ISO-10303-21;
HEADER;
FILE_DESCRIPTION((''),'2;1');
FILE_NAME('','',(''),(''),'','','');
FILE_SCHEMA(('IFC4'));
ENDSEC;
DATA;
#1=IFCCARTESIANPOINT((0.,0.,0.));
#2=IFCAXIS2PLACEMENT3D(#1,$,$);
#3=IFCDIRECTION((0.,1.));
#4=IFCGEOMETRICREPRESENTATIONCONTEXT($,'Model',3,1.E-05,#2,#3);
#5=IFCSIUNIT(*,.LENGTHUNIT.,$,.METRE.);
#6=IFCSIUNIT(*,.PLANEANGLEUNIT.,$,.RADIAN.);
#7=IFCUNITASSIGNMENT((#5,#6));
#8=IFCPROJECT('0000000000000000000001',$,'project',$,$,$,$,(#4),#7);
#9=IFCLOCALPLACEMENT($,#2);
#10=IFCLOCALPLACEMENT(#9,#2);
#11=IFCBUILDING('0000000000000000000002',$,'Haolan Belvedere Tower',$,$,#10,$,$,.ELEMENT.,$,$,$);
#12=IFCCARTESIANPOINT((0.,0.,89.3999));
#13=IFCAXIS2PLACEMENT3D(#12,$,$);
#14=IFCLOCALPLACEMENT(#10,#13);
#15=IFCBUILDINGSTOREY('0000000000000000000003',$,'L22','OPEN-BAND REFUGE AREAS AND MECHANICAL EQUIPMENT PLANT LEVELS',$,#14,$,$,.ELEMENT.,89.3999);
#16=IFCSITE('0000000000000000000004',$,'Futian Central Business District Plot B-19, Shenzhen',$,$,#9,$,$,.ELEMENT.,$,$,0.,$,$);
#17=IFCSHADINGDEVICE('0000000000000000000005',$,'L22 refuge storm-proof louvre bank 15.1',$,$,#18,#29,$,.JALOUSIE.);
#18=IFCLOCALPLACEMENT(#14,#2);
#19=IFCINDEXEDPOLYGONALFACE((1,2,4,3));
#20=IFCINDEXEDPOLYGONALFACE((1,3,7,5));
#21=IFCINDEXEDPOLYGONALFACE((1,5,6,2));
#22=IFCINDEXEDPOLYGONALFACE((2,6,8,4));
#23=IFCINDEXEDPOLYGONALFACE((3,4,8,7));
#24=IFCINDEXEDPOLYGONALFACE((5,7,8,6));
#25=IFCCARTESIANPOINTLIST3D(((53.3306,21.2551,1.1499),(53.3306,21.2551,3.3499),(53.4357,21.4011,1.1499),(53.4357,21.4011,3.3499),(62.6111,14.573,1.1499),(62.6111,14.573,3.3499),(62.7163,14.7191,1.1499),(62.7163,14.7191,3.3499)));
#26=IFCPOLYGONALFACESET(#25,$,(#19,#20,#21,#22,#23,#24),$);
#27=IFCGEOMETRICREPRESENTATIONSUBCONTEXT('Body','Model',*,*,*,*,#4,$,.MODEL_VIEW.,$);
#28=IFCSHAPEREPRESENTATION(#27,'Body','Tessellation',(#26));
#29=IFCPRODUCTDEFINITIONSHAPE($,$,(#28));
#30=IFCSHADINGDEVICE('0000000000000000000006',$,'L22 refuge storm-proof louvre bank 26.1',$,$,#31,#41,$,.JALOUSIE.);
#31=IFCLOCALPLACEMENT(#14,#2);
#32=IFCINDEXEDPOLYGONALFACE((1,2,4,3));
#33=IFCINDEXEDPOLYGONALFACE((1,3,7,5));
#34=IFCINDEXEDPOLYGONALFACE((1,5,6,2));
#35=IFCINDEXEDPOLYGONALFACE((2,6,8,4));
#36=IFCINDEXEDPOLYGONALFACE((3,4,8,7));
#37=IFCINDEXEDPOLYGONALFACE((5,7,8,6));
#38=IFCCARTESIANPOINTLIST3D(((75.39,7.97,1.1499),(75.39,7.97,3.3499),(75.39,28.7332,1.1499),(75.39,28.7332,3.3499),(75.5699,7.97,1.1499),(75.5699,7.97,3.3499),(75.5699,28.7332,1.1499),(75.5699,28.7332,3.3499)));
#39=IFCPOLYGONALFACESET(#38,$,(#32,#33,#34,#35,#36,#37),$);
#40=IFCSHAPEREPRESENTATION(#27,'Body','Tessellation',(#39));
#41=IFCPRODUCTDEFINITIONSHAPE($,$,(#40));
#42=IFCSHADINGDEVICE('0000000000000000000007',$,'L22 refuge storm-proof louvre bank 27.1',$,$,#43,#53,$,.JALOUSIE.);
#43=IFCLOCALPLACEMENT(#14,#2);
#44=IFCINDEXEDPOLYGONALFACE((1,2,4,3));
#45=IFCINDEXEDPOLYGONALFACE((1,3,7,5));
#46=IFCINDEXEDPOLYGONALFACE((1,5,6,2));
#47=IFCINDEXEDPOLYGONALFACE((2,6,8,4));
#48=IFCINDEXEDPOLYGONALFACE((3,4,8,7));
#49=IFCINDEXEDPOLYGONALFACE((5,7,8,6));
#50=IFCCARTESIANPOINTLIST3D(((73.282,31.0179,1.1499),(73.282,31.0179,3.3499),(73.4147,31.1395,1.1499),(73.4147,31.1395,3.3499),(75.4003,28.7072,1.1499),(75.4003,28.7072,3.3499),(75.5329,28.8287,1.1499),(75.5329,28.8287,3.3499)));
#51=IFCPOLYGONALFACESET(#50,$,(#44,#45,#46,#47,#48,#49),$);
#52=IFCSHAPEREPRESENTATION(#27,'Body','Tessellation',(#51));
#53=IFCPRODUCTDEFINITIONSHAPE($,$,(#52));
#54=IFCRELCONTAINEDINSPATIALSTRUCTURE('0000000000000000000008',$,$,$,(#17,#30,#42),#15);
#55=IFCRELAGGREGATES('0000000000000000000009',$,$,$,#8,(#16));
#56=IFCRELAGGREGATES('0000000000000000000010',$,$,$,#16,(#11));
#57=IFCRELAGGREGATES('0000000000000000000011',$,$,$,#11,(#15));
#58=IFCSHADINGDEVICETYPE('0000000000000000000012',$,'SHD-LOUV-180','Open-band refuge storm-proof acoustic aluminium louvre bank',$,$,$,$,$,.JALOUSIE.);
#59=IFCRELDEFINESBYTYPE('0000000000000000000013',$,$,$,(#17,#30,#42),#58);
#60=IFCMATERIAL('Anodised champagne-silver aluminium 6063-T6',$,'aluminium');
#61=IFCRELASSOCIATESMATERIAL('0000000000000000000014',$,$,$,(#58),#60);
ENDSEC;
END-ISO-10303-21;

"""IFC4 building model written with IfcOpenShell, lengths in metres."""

from ifc_helpers import new_model, si_unit, direction, frame, origin, origin_2d, place, context, subcontext, project, spatial, rectangle, extrude, material, type_object, element, save


model = new_model("IFC4")

# Units and contexts
model_context = context("Model", 3, precision=1e-05, world=origin(), true_north=direction((0.0, 1.0)))
body_context = subcontext(model_context, "Body", "Model", "MODEL_VIEW")
ifc_project = project(units=[si_unit("LENGTHUNIT", "METRE"), si_unit("PLANEANGLEUNIT", "RADIAN")], contexts=[model_context])

# Site, building, storey
site_placement = place(None, origin())
site = spatial("IfcSite", under=ifc_project, at=site_placement, Name="Futian Central Business District Plot B-19, Shenzhen", CompositionType="ELEMENT", RefElevation=0.0)
building_placement = place(site_placement, origin())
building = spatial("IfcBuilding", under=site, at=building_placement, Name="Haolan Belvedere Tower", CompositionType="ELEMENT")
storey_placement = place(building_placement, frame((0.0, 0.0, 89.3999)))
storey = spatial("IfcBuildingStorey", under=building, at=storey_placement, Name="L22", Description="OPEN-BAND REFUGE AREAS AND MECHANICAL EQUIPMENT PLANT LEVELS", CompositionType="ELEMENT", Elevation=89.3999)

# Shading devices
ifc_material_1 = material(Name="Anodised champagne-silver aluminium 6063-T6", Category="aluminium")
shading_device_type = type_object("IfcShadingDeviceType", Name="SHD-LOUV-180", Description="Open-band refuge storm-proof acoustic aluminium louvre bank", PredefinedType="JALOUSIE", material=ifc_material_1)
shading_device_1_placement = place(storey_placement, frame((58.0234, 17.9871, 1.1499), z_axis=(0.0, 0.0, 1.0), x_axis=(0.811533, -0.584306, 0.0)))
element("IfcShadingDevice", 1, at=shading_device_1_placement, inside=storey, type_object=shading_device_type, Name="L22 refuge storm-proof louvre bank 15.1", PredefinedType="JALOUSIE", context=body_context, shape_type="SweptSolid", body=[
    extrude(rectangle(XDim=11.4358, YDim=0.1799, at=origin_2d()), origin(), (0.0, 0.0, 1.0), 2.2),
])
shading_device_2_placement = place(storey_placement, frame((75.48, 18.3516, 1.1499), z_axis=(0.0, 0.0, 1.0), x_axis=(0.0, 1.0, 0.0)))
element("IfcShadingDevice", 2, at=shading_device_2_placement, inside=storey, type_object=shading_device_type, Name="L22 refuge storm-proof louvre bank 26.1", PredefinedType="JALOUSIE", context=body_context, shape_type="SweptSolid", body=[
    extrude(rectangle(XDim=20.7632, YDim=0.1799, at=origin_2d()), origin(), (0.0, 0.0, 1.0), 2.2),
])
shading_device_3_placement = place(storey_placement, frame((74.4075, 29.9233, 1.1499), z_axis=(0.0, 0.0, 1.0), x_axis=(-0.675732, 0.737148, 0.0)))
element("IfcShadingDevice", 3, at=shading_device_3_placement, inside=storey, type_object=shading_device_type, Name="L22 refuge storm-proof louvre bank 27.1", PredefinedType="JALOUSIE", context=body_context, shape_type="SweptSolid", body=[
    extrude(rectangle(XDim=3.1348, YDim=0.1799, at=origin_2d()), origin(), (0.0, 0.0, 1.0), 2.2),
])

save(model, "model.ifc")
